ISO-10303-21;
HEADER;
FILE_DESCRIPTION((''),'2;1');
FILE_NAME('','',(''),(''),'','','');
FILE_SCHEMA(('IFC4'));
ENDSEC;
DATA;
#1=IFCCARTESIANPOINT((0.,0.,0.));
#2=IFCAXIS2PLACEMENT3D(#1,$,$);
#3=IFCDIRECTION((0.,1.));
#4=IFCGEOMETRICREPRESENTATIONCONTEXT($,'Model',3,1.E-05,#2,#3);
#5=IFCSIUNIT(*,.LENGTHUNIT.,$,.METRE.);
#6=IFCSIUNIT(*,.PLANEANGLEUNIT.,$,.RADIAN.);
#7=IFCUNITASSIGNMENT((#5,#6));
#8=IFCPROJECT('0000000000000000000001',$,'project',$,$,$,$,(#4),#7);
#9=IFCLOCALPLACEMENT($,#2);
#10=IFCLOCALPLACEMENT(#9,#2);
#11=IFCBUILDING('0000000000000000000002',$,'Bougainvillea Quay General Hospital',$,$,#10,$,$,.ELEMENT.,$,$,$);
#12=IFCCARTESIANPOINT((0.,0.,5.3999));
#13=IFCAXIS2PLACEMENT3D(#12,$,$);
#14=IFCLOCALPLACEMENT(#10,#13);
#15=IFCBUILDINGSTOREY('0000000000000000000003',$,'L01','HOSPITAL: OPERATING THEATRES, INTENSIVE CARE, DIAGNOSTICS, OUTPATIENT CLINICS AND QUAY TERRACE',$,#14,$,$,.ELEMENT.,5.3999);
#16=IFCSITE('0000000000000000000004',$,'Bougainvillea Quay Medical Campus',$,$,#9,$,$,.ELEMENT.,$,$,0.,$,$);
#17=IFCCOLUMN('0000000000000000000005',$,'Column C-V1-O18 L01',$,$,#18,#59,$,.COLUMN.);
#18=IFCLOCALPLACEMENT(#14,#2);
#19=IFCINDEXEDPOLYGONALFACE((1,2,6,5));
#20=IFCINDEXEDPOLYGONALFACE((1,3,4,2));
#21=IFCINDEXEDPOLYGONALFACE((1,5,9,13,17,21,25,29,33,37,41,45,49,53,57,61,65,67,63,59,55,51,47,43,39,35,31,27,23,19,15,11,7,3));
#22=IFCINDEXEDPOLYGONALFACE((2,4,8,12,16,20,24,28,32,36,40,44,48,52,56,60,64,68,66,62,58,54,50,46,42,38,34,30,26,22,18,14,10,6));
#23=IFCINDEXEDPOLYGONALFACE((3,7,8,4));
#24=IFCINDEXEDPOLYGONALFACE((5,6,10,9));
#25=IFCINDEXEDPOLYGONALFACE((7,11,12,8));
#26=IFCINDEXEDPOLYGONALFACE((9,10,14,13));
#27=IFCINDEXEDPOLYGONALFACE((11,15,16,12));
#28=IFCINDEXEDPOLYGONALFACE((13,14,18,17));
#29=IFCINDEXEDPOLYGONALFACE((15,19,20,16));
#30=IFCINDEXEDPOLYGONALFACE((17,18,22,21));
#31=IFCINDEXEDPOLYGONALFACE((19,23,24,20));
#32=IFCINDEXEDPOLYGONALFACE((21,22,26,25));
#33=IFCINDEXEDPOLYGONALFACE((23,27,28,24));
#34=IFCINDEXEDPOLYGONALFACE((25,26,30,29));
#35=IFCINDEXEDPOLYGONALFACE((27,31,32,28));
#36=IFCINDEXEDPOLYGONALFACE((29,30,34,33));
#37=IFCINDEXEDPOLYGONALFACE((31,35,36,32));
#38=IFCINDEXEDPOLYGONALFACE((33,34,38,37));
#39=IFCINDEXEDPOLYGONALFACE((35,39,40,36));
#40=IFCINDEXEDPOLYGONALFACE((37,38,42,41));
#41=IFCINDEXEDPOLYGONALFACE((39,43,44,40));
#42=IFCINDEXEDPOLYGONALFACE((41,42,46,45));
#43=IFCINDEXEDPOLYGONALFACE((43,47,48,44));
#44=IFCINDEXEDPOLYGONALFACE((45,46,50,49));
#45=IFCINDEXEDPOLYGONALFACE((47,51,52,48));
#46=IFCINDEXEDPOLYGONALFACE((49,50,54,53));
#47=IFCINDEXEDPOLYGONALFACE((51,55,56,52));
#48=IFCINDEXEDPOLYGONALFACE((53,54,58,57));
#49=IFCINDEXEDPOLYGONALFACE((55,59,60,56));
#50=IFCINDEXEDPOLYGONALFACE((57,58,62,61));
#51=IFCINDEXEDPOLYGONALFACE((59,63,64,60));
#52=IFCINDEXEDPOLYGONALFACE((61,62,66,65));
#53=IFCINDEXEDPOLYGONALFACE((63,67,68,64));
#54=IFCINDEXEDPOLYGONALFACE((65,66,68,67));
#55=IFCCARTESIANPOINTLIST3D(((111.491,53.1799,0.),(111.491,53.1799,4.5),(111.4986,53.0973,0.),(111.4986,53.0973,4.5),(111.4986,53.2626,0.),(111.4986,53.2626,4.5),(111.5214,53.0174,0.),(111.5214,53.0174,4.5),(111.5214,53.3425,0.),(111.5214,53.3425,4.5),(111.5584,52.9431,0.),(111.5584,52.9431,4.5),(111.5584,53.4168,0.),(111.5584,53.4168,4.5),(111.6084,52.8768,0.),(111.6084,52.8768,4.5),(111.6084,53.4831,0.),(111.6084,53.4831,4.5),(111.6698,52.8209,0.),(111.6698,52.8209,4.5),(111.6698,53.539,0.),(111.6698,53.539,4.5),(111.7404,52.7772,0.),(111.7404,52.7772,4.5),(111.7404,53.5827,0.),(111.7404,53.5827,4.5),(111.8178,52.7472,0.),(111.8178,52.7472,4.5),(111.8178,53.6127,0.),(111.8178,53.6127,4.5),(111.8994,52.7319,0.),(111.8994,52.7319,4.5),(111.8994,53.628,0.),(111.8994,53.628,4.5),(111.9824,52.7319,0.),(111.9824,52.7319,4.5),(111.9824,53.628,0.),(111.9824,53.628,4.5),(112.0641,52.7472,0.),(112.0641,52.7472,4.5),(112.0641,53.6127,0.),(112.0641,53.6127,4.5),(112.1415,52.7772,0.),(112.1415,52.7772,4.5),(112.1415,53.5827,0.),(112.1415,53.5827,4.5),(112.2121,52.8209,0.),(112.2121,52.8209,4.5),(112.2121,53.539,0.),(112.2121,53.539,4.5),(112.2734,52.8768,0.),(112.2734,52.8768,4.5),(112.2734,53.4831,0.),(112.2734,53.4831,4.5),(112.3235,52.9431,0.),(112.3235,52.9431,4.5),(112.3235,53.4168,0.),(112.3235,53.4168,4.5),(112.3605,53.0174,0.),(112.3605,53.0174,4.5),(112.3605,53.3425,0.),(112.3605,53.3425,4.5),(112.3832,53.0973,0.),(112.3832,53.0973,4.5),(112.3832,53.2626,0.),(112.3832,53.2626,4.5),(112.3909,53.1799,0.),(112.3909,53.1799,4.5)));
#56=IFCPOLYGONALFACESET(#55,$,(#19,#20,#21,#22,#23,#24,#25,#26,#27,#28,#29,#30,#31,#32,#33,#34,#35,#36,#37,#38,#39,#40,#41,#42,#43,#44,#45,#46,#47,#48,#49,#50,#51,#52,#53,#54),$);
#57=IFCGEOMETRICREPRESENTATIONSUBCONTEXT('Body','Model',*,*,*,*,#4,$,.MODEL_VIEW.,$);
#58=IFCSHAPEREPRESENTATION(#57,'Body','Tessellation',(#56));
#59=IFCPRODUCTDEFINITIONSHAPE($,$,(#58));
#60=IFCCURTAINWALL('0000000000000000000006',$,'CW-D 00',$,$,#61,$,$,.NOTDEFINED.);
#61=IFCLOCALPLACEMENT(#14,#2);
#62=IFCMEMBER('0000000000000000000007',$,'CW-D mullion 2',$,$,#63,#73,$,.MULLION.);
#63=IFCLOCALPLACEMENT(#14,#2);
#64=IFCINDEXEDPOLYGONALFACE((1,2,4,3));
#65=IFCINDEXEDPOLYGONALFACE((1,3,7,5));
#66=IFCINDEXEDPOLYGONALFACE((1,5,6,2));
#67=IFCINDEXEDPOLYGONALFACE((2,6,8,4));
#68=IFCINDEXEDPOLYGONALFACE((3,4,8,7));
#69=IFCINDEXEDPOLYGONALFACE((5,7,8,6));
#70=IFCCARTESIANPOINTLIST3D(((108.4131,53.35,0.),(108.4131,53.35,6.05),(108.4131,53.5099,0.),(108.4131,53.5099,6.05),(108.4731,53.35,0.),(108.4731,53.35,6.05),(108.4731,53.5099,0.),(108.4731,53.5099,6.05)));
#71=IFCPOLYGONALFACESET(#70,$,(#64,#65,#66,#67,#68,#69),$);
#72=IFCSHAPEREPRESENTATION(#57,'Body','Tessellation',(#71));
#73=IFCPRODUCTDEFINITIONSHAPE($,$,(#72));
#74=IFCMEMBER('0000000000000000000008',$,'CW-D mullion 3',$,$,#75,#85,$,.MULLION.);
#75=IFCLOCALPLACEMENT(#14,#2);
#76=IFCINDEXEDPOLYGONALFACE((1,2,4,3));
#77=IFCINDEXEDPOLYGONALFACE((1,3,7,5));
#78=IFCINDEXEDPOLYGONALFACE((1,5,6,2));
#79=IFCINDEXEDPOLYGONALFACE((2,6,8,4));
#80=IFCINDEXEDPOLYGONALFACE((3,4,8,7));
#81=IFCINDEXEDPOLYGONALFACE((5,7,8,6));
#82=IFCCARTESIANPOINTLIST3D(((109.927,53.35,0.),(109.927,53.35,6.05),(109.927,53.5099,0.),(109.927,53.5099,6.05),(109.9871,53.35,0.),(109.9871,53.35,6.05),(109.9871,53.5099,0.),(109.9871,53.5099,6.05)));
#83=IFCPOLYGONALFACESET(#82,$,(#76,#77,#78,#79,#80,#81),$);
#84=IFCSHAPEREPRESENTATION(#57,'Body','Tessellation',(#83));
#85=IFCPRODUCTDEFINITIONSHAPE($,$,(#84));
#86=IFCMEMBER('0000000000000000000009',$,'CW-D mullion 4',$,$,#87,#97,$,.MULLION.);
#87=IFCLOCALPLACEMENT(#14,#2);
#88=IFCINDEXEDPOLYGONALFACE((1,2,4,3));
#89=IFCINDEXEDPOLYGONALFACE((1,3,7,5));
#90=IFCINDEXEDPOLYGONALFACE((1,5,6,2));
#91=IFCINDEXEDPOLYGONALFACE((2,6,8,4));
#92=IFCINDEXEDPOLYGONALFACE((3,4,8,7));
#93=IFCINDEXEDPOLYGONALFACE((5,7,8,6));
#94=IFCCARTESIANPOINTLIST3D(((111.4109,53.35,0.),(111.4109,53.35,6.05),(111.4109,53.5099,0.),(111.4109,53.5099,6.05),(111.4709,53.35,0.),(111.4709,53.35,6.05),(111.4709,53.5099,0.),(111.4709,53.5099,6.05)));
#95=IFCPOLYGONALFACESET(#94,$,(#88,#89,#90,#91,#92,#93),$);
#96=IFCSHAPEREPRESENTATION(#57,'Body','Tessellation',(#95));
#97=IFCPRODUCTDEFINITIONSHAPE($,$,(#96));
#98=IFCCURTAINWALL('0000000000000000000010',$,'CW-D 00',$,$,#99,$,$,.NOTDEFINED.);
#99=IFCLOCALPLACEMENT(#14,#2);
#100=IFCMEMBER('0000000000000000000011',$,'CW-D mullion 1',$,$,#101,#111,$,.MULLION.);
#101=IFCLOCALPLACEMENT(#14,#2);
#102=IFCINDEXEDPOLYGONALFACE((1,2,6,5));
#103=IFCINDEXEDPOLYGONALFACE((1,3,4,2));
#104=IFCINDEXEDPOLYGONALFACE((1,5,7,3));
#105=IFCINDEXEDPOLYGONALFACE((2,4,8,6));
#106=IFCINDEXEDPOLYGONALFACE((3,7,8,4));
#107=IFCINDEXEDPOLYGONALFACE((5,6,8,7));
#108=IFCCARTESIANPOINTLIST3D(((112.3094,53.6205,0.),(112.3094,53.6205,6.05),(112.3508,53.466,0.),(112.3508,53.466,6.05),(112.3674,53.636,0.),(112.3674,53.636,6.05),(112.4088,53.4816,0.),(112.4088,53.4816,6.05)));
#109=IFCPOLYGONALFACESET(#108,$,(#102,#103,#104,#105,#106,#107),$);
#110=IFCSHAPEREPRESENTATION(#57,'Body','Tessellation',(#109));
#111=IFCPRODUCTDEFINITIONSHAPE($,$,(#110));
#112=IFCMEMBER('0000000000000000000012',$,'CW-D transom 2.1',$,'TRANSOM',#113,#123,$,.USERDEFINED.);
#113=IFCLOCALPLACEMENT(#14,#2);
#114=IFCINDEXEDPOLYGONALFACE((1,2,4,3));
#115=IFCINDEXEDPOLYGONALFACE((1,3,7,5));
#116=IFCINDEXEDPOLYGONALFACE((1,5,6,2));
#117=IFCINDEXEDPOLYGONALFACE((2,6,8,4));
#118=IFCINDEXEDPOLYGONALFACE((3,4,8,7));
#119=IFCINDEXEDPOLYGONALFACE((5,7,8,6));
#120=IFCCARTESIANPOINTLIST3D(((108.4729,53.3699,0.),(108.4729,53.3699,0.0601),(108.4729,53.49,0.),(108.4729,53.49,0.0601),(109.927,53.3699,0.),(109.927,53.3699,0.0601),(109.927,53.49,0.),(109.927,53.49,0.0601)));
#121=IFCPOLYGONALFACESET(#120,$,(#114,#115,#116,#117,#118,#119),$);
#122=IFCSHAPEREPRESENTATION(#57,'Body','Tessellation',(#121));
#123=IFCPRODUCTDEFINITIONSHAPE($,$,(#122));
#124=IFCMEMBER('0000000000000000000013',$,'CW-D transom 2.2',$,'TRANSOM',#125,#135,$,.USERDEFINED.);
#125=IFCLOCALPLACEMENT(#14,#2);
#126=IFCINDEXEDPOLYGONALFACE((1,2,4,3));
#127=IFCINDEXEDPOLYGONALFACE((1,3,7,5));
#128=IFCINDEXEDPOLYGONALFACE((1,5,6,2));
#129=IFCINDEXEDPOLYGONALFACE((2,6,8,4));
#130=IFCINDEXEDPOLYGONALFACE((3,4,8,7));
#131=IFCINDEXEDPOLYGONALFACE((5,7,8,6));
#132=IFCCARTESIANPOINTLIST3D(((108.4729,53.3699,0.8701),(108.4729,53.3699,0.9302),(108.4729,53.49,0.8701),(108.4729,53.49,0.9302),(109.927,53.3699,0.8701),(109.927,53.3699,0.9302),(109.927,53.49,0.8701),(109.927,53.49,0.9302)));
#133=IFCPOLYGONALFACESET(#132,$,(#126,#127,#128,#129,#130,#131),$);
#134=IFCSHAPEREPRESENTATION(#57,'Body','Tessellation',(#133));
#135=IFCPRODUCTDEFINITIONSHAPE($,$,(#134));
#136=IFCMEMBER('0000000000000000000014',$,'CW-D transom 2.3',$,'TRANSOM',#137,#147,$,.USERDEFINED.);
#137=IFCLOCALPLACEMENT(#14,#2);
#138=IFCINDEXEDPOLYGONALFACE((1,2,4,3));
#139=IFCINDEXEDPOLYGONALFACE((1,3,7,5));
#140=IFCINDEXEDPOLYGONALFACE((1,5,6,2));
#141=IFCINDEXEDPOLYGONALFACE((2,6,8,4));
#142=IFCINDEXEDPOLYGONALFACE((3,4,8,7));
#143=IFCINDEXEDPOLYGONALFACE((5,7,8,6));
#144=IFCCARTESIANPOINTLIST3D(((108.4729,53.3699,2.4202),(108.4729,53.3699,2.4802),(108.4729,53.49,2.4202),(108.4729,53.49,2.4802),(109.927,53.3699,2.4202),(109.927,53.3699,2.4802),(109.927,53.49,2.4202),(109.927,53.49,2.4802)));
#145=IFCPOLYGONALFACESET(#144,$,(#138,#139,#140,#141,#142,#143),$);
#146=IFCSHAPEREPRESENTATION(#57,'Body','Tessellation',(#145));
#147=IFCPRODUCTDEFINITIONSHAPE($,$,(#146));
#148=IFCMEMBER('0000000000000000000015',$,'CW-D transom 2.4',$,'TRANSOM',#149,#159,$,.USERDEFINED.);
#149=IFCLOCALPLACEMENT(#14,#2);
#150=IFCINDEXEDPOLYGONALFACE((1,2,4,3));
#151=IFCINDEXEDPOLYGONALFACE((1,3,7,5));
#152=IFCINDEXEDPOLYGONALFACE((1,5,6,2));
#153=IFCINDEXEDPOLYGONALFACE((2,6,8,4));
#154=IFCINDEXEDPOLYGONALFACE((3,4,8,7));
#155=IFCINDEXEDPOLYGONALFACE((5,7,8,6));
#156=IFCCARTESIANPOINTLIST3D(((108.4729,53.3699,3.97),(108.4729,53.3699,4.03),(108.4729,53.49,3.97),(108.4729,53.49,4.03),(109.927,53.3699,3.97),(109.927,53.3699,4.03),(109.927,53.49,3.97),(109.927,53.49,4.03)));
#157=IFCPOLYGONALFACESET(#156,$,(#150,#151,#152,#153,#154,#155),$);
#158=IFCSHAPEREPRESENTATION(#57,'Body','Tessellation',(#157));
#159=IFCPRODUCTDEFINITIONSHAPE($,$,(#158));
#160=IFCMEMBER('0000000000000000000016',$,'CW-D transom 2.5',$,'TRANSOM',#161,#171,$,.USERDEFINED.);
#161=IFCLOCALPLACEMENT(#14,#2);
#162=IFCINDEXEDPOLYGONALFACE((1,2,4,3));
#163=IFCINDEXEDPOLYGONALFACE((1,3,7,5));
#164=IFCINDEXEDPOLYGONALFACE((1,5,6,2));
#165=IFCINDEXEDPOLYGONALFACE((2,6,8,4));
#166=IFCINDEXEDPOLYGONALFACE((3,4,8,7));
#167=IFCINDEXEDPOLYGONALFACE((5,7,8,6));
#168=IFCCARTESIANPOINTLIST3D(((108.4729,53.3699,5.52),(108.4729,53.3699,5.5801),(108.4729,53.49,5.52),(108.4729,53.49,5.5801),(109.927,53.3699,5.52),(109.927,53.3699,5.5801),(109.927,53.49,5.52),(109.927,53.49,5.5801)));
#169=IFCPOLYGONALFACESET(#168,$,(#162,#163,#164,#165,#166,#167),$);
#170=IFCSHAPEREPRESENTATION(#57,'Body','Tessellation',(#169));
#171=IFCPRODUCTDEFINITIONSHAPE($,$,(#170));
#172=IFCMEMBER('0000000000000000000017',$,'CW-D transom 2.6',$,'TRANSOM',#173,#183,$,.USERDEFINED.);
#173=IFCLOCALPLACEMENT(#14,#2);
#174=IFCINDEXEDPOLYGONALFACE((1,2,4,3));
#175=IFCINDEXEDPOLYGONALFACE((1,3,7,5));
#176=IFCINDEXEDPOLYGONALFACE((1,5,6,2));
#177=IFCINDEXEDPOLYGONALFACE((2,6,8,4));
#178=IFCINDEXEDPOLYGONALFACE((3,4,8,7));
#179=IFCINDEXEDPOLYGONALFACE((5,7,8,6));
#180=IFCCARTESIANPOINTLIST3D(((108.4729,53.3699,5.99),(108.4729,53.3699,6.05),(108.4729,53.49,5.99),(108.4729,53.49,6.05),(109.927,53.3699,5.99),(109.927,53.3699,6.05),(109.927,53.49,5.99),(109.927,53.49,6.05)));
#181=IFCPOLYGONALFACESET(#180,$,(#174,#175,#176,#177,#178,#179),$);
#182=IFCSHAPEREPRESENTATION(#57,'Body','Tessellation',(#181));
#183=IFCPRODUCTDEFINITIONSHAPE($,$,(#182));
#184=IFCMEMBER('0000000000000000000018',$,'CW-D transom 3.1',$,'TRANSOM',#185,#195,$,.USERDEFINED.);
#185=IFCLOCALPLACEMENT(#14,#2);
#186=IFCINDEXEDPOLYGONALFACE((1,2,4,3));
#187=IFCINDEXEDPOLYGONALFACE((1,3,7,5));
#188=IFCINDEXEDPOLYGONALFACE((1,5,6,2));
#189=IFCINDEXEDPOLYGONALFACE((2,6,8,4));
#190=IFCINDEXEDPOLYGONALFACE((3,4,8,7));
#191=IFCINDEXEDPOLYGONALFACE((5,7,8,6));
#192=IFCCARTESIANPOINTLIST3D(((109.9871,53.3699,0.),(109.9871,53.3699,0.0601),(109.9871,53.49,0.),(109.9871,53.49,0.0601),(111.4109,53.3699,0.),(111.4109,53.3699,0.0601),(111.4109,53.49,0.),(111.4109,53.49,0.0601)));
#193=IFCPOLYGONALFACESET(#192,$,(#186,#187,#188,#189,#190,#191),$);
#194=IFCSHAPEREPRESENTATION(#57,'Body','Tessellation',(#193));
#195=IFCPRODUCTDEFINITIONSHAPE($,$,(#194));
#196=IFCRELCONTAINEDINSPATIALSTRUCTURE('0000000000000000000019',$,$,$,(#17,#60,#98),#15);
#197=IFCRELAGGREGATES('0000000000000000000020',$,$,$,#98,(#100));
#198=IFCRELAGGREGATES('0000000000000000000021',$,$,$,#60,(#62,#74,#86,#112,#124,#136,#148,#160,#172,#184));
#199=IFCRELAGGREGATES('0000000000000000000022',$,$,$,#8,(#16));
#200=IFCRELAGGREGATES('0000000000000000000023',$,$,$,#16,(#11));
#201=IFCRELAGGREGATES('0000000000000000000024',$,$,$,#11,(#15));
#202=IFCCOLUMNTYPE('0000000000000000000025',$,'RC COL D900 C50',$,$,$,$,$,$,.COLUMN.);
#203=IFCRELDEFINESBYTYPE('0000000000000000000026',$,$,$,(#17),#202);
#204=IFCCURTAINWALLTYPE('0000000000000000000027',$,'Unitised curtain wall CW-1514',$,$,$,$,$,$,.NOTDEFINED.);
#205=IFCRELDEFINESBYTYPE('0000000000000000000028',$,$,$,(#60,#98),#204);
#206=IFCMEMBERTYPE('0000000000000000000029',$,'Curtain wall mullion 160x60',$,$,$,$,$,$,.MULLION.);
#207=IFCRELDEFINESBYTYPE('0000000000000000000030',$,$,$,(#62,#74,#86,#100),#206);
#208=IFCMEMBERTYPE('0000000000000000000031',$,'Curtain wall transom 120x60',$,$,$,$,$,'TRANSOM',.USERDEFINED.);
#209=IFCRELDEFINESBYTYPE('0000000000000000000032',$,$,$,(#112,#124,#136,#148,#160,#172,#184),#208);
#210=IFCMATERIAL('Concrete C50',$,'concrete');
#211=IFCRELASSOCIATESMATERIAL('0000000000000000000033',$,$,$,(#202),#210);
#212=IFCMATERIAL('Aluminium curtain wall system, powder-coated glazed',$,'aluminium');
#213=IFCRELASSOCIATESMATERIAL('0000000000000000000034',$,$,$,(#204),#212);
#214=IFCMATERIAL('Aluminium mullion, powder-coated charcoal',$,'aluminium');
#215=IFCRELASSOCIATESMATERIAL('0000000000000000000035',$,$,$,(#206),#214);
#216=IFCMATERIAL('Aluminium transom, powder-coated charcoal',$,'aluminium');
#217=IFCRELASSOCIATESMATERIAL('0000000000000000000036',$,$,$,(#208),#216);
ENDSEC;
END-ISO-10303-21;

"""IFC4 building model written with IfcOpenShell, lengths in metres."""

from ifc_helpers import new_model, si_unit, direction, frame, origin, origin_2d, place, context, subcontext, project, spatial, rectangle, circle, extrude, material, material_profile, profile_set, type_object, element, aggregate, save


model = new_model("IFC4")

# Units and contexts
model_context = context("Model", 3, precision=1e-05, world=origin(), true_north=direction((0.0, 1.0)))
body_context = subcontext(model_context, "Body", "Model", "MODEL_VIEW")
ifc_project = project(units=[si_unit("LENGTHUNIT", "METRE"), si_unit("PLANEANGLEUNIT", "RADIAN")], contexts=[model_context])

# Site, building, storey
site_placement = place(None, origin())
site = spatial("IfcSite", under=ifc_project, at=site_placement, Name="Bougainvillea Quay Medical Campus", CompositionType="ELEMENT", RefElevation=0.0)
building_placement = place(site_placement, origin())
building = spatial("IfcBuilding", under=site, at=building_placement, Name="Bougainvillea Quay General Hospital", CompositionType="ELEMENT")
storey_placement = place(building_placement, frame((0.0, 0.0, 5.3999)))
storey = spatial("IfcBuildingStorey", under=building, at=storey_placement, Name="L01", Description="HOSPITAL: OPERATING THEATRES, INTENSIVE CARE, DIAGNOSTICS, OUTPATIENT CLINICS AND QUAY TERRACE", CompositionType="ELEMENT", Elevation=5.3999)

# Column
ifc_material_1 = material(Name="Concrete C50", Category="concrete")
ifc_material_profile_1 = material_profile(ifc_material_1, circle(Radius=0.45, at=origin_2d()))
ifc_profile_set_1 = profile_set([ifc_material_profile_1], Name="Concrete C50")
column_type = type_object("IfcColumnType", Name="RC COL D900 C50", PredefinedType="COLUMN", material=ifc_profile_set_1)
column_placement = place(storey_placement, frame((111.9409, 53.1799, 0.0), z_axis=(0.0, 0.0, 1.0), x_axis=(1.0, 0.0, 0.0)))
element("IfcColumn", 1, at=column_placement, inside=storey, type_object=column_type, Name="Column C-V1-O18 L01", PredefinedType="COLUMN", context=body_context, shape_type="SweptSolid", body=[
    extrude(circle(Radius=0.45, at=origin_2d()), origin(), (0.0, 0.0, 1.0), 4.5),
])

# Curtain wall, members
ifc_material_2 = material(Name="Aluminium curtain wall system, powder-coated glazed", Category="aluminium")
curtain_wall_type = type_object("IfcCurtainWallType", Name="Unitised curtain wall CW-1514", PredefinedType="NOTDEFINED", material=ifc_material_2)
curtain_wall_1_placement = place(storey_placement, origin())
curtain_wall_1 = element("IfcCurtainWall", 2, at=curtain_wall_1_placement, inside=storey, type_object=curtain_wall_type, Name="CW-D 00", PredefinedType="NOTDEFINED")
ifc_material_3 = material(Name="Aluminium mullion, powder-coated charcoal", Category="aluminium")
ifc_material_profile_2 = material_profile(ifc_material_3, rectangle(XDim=0.1599, YDim=0.0601, at=origin_2d()))
ifc_profile_set_2 = profile_set([ifc_material_profile_2], Name="Aluminium mullion, powder-coated charcoal")
member_type_1 = type_object("IfcMemberType", Name="Curtain wall mullion 160x60", PredefinedType="MULLION", material=ifc_profile_set_2)
member_1_placement = place(storey_placement, frame((108.4431, 53.4299, 0.0), z_axis=(0.0, 0.0, 1.0), x_axis=(0.0, 1.0, 0.0)))
member_1 = element("IfcMember", 3, at=member_1_placement, type_object=member_type_1, Name="CW-D mullion 2", PredefinedType="MULLION", context=body_context, shape_type="SweptSolid", body=[
    extrude(rectangle(XDim=0.1599, YDim=0.0601, at=origin_2d()), origin(), (0.0, 0.0, 1.0), 6.05),
])
member_2_placement = place(storey_placement, frame((109.957, 53.4299, 0.0), z_axis=(0.0, 0.0, 1.0), x_axis=(0.0, 1.0, 0.0)))
member_2 = element("IfcMember", 4, at=member_2_placement, type_object=member_type_1, Name="CW-D mullion 3", PredefinedType="MULLION", context=body_context, shape_type="SweptSolid", body=[
    extrude(rectangle(XDim=0.1599, YDim=0.0601, at=origin_2d()), origin(), (0.0, 0.0, 1.0), 6.05),
])
member_3_placement = place(storey_placement, frame((111.4409, 53.4299, 0.0), z_axis=(0.0, 0.0, 1.0), x_axis=(0.0, 1.0, 0.0)))
member_3 = element("IfcMember", 5, at=member_3_placement, type_object=member_type_1, Name="CW-D mullion 4", PredefinedType="MULLION", context=body_context, shape_type="SweptSolid", body=[
    extrude(rectangle(XDim=0.1599, YDim=0.0601, at=origin_2d()), origin(), (0.0, 0.0, 1.0), 6.05),
])

# Curtain wall, member
curtain_wall_2_placement = place(storey_placement, origin())
curtain_wall_2 = element("IfcCurtainWall", 6, at=curtain_wall_2_placement, inside=storey, type_object=curtain_wall_type, Name="CW-D 00", PredefinedType="NOTDEFINED")
member_4_placement = place(storey_placement, frame((112.3591, 53.551, 0.0), z_axis=(0.0, 0.0, 1.0), x_axis=(-0.258855, 0.965916, 0.0)))
member_4 = element("IfcMember", 7, at=member_4_placement, type_object=member_type_1, Name="CW-D mullion 1", PredefinedType="MULLION", context=body_context, shape_type="SweptSolid", body=[
    extrude(rectangle(XDim=0.1599, YDim=0.0601, at=origin_2d()), origin(), (0.0, 0.0, 1.0), 6.05),
])

# Members
ifc_material_4 = material(Name="Aluminium transom, powder-coated charcoal", Category="aluminium")
ifc_material_profile_3 = material_profile(ifc_material_4, rectangle(XDim=0.1201, YDim=0.0601, at=origin_2d()))
ifc_profile_set_3 = profile_set([ifc_material_profile_3], Name="Aluminium transom, powder-coated charcoal")
member_type_2 = type_object("IfcMemberType", Name="Curtain wall transom 120x60", ElementType="TRANSOM", PredefinedType="USERDEFINED", material=ifc_profile_set_3)
member_5_placement = place(storey_placement, frame((108.4729, 53.4299, 0.03), z_axis=(1.0, 0.0, 0.0), x_axis=(0.0, 1.0, 0.0)))
member_5 = element("IfcMember", 8, at=member_5_placement, type_object=member_type_2, Name="CW-D transom 2.1", ObjectType="TRANSOM", PredefinedType="USERDEFINED", context=body_context, shape_type="SweptSolid", body=[
    extrude(rectangle(XDim=0.1201, YDim=0.0601, at=origin_2d()), origin(), (0.0, 0.0, 1.0), 1.4541),
])
member_6_placement = place(storey_placement, frame((108.4729, 53.4299, 0.9001), z_axis=(1.0, 0.0, 0.0), x_axis=(0.0, 1.0, 0.0)))
member_6 = element("IfcMember", 9, at=member_6_placement, type_object=member_type_2, Name="CW-D transom 2.2", ObjectType="TRANSOM", PredefinedType="USERDEFINED", context=body_context, shape_type="SweptSolid", body=[
    extrude(rectangle(XDim=0.1201, YDim=0.0601, at=origin_2d()), origin(), (0.0, 0.0, 1.0), 1.4541),
])
member_7_placement = place(storey_placement, frame((108.4729, 53.4299, 2.4502), z_axis=(1.0, 0.0, 0.0), x_axis=(0.0, 1.0, 0.0)))
member_7 = element("IfcMember", 10, at=member_7_placement, type_object=member_type_2, Name="CW-D transom 2.3", ObjectType="TRANSOM", PredefinedType="USERDEFINED", context=body_context, shape_type="SweptSolid", body=[
    extrude(rectangle(XDim=0.1201, YDim=0.0601, at=origin_2d()), origin(), (0.0, 0.0, 1.0), 1.4541),
])
member_8_placement = place(storey_placement, frame((108.4729, 53.4299, 4.0), z_axis=(1.0, 0.0, 0.0), x_axis=(0.0, 1.0, 0.0)))
member_8 = element("IfcMember", 11, at=member_8_placement, type_object=member_type_2, Name="CW-D transom 2.4", ObjectType="TRANSOM", PredefinedType="USERDEFINED", context=body_context, shape_type="SweptSolid", body=[
    extrude(rectangle(XDim=0.1201, YDim=0.0601, at=origin_2d()), origin(), (0.0, 0.0, 1.0), 1.4541),
])
member_9_placement = place(storey_placement, frame((108.4729, 53.4299, 5.55), z_axis=(1.0, 0.0, 0.0), x_axis=(0.0, 1.0, 0.0)))
member_9 = element("IfcMember", 12, at=member_9_placement, type_object=member_type_2, Name="CW-D transom 2.5", ObjectType="TRANSOM", PredefinedType="USERDEFINED", context=body_context, shape_type="SweptSolid", body=[
    extrude(rectangle(XDim=0.1201, YDim=0.0601, at=origin_2d()), origin(), (0.0, 0.0, 1.0), 1.4541),
])
member_10_placement = place(storey_placement, frame((108.4729, 53.4299, 6.02), z_axis=(1.0, 0.0, 0.0), x_axis=(0.0, 1.0, 0.0)))
member_10 = element("IfcMember", 13, at=member_10_placement, type_object=member_type_2, Name="CW-D transom 2.6", ObjectType="TRANSOM", PredefinedType="USERDEFINED", context=body_context, shape_type="SweptSolid", body=[
    extrude(rectangle(XDim=0.1201, YDim=0.0601, at=origin_2d()), origin(), (0.0, 0.0, 1.0), 1.4541),
])
member_11_placement = place(storey_placement, frame((109.9871, 53.4299, 0.03), z_axis=(1.0, 0.0, 0.0), x_axis=(0.0, 1.0, 0.0)))
member_11 = element("IfcMember", 14, at=member_11_placement, type_object=member_type_2, Name="CW-D transom 3.1", ObjectType="TRANSOM", PredefinedType="USERDEFINED", context=body_context, shape_type="SweptSolid", body=[
    extrude(rectangle(XDim=0.1201, YDim=0.0601, at=origin_2d()), origin(), (0.0, 0.0, 1.0), 1.4238),
])
aggregate(curtain_wall_2, [member_4])

aggregate(curtain_wall_1, [member_1, member_2, member_3, member_5, member_6, member_7, member_8, member_9, member_10, member_11])

save(model, "model.ifc")
